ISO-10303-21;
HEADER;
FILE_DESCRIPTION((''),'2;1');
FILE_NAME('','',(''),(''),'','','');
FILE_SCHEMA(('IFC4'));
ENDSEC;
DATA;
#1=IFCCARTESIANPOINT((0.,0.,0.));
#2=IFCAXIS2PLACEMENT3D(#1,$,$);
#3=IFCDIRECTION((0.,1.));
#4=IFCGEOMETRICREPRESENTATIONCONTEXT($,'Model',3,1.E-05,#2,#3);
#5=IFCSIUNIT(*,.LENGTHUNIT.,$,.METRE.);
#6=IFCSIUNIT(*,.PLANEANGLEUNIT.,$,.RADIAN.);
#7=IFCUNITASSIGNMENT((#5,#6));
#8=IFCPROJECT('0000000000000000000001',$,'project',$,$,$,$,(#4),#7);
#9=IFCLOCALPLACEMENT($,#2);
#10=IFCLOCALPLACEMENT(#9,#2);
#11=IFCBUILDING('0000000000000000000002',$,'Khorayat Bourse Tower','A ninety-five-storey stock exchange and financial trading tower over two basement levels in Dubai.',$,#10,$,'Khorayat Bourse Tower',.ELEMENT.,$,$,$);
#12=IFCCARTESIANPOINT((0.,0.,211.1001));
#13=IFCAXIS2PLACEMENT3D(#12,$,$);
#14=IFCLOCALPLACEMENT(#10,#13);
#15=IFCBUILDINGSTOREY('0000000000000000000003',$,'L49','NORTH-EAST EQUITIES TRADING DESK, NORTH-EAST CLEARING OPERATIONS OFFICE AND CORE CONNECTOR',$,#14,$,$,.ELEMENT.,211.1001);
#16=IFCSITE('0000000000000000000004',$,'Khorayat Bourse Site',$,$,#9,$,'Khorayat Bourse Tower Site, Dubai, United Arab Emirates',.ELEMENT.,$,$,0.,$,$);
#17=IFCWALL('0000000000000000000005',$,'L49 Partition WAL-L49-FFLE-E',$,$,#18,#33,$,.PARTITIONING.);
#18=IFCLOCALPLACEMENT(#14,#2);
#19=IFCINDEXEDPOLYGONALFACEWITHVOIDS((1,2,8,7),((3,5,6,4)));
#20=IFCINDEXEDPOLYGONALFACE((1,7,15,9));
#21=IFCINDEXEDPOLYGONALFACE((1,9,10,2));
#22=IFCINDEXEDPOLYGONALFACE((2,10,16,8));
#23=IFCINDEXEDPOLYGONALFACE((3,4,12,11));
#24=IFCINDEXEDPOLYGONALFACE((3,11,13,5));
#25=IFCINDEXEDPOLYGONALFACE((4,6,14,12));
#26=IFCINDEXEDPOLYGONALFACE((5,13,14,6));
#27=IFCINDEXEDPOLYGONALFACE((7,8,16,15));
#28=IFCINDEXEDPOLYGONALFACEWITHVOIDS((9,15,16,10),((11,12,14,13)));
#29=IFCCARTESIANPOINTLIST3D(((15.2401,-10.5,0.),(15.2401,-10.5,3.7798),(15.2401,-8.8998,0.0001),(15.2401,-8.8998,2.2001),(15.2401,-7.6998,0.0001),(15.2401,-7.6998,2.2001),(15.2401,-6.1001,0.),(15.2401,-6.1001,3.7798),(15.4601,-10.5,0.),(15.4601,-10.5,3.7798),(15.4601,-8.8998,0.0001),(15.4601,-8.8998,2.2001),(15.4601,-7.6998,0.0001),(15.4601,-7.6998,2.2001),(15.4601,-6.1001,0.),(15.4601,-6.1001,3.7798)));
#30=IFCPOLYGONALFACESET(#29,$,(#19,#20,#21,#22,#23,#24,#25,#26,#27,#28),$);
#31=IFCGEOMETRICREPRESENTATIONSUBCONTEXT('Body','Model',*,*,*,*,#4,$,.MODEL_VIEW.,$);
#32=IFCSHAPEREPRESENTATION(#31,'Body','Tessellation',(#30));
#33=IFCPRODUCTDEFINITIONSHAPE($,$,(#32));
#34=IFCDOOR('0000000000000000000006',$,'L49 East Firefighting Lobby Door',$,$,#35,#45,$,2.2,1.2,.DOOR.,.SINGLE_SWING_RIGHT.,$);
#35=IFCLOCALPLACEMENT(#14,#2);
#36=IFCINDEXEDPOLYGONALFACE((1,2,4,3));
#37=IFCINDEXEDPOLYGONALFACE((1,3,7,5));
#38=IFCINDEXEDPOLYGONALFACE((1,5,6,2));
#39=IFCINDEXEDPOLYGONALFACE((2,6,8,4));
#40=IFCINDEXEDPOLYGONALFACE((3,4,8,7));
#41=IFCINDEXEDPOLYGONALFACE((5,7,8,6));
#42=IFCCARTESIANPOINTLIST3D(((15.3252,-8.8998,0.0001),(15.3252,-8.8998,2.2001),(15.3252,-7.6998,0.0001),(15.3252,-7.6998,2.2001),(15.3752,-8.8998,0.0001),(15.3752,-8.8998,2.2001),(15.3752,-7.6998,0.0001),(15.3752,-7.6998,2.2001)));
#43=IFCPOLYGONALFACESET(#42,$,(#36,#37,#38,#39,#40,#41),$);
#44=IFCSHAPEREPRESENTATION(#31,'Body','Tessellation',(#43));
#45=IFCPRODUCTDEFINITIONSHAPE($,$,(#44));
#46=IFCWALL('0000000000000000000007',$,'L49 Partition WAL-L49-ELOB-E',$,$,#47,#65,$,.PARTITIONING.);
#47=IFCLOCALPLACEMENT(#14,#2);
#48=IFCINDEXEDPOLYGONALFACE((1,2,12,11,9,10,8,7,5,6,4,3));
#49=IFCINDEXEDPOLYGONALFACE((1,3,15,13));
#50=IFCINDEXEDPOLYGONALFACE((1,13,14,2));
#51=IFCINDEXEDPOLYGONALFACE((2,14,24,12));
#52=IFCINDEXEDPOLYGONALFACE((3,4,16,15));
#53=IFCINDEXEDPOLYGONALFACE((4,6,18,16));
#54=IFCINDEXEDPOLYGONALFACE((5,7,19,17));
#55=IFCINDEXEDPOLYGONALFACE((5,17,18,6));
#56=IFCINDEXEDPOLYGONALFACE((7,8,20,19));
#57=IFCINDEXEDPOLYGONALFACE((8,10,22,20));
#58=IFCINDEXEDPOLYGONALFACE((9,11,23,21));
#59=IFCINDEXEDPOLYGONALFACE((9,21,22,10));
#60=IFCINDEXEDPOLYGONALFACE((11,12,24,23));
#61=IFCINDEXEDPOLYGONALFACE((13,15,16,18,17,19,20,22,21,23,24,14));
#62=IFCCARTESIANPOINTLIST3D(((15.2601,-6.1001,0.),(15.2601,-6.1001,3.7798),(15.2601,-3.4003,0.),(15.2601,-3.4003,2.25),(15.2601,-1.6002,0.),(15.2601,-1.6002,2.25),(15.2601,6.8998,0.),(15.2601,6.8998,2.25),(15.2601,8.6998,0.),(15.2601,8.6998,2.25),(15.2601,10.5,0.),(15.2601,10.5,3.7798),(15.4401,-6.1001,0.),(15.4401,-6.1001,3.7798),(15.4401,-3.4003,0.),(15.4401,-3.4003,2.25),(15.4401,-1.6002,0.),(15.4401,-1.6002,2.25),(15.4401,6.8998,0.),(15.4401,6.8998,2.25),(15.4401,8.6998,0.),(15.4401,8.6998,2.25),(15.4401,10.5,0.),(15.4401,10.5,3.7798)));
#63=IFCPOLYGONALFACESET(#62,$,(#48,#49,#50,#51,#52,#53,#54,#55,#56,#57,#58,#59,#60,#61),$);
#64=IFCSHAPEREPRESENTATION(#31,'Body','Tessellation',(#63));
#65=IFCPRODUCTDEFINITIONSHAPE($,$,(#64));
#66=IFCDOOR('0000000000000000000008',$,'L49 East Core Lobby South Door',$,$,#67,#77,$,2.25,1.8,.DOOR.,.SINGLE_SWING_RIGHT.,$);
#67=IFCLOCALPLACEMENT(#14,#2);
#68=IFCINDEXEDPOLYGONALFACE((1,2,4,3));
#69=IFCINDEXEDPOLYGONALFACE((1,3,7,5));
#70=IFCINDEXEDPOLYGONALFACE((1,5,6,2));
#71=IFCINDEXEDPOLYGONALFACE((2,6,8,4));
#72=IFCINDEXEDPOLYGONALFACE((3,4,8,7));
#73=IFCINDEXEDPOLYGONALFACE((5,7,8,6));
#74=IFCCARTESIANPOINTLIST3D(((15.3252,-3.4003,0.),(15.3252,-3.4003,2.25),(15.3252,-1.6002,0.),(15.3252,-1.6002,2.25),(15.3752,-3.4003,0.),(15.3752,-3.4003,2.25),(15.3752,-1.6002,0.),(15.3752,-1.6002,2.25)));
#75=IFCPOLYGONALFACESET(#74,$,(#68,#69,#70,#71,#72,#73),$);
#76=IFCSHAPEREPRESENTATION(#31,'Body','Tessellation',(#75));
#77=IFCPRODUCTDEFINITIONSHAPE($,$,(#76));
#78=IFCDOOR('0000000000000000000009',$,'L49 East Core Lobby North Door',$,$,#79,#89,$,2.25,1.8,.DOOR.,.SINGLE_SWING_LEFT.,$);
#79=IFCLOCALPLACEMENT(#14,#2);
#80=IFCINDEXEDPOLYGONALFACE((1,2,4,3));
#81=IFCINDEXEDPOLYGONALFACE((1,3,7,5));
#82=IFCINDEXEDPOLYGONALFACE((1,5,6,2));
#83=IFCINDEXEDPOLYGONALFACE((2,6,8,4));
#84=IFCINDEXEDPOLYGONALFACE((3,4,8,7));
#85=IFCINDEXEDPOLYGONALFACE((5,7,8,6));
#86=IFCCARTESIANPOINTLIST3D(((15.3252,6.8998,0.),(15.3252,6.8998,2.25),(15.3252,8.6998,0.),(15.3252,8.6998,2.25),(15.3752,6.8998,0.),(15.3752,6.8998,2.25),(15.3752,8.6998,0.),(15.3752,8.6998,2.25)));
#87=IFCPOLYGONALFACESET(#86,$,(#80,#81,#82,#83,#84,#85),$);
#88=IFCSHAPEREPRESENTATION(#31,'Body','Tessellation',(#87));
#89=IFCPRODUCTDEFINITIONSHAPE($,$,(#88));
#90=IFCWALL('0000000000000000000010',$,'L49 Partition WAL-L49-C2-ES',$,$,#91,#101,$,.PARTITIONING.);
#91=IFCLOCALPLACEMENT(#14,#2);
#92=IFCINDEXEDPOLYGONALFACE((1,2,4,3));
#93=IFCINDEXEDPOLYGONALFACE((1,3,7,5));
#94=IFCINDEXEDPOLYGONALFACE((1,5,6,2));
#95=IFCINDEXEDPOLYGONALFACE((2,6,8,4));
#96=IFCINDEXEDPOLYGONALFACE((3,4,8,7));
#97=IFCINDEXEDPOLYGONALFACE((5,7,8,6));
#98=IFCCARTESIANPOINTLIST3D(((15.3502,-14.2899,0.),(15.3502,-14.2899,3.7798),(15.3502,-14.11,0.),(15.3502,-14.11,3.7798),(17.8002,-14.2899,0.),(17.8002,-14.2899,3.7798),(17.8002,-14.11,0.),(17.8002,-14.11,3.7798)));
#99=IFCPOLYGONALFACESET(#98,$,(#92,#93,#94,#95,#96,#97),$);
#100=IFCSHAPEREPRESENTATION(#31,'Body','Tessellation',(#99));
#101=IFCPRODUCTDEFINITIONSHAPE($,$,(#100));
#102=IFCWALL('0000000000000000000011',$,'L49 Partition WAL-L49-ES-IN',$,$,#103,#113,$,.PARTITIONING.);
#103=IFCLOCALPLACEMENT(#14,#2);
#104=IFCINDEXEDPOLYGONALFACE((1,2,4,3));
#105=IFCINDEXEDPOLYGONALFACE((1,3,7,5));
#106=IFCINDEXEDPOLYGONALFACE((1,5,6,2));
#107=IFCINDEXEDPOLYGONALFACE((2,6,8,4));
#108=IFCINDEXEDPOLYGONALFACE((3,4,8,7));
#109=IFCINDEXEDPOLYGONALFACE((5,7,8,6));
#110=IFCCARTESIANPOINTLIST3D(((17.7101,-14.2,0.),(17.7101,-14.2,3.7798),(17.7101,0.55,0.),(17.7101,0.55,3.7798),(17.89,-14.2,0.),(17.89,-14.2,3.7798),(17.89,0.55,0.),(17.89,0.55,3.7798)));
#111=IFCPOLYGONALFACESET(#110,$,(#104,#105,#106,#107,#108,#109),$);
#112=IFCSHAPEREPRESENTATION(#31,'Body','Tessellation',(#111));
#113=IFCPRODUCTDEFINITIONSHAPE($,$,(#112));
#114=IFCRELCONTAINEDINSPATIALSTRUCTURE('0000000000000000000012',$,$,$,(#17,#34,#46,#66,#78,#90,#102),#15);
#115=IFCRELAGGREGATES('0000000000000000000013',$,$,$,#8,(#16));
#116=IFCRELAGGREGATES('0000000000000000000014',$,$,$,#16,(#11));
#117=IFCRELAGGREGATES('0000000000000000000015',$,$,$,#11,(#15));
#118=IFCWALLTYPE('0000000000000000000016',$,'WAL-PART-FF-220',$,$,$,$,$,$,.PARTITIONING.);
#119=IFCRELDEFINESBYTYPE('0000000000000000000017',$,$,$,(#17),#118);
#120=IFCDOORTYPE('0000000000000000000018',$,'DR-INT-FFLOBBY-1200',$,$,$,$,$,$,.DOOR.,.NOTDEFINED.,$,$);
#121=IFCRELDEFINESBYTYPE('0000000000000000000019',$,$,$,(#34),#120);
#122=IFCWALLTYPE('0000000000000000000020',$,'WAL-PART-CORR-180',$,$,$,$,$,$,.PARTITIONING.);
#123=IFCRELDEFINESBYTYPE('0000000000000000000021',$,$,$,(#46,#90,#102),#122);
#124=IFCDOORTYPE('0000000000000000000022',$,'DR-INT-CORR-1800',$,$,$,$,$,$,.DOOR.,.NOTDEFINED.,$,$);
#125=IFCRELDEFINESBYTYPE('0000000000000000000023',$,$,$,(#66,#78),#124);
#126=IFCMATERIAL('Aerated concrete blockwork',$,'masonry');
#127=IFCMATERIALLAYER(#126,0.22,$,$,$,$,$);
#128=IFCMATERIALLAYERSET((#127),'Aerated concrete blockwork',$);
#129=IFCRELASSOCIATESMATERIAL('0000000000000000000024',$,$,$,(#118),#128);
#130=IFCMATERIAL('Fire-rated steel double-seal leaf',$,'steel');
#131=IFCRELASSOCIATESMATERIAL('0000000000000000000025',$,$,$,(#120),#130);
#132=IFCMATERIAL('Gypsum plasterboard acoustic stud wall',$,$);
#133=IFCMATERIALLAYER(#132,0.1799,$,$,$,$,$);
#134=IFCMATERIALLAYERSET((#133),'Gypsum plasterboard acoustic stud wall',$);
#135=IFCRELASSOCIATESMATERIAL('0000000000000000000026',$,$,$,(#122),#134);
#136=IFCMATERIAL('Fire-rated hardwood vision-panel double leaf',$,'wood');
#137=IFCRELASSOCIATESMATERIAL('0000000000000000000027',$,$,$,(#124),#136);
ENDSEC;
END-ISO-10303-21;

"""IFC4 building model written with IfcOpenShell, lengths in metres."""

from ifc_helpers import new_model, si_unit, direction, frame, frame_2d, origin, place, context, subcontext, project, spatial, rectangle, extrude, source, transform, mapped, material, layer, layer_set, type_object, element, fill, save


model = new_model("IFC4")

# Units and contexts
model_context = context("Model", 3, precision=1e-05, world=origin(), true_north=direction((0.0, 1.0)))
body_context = subcontext(model_context, "Body", "Model", "MODEL_VIEW")
ifc_project = project(units=[si_unit("LENGTHUNIT", "METRE"), si_unit("PLANEANGLEUNIT", "RADIAN")], contexts=[model_context])

# Site, building, storey
site_placement = place(None, origin())
site = spatial("IfcSite", under=ifc_project, at=site_placement, Name="Khorayat Bourse Site", LongName="Khorayat Bourse Tower Site, Dubai, United Arab Emirates", CompositionType="ELEMENT", RefElevation=0.0)
building_placement = place(site_placement, origin())
building = spatial("IfcBuilding", under=site, at=building_placement, Name="Khorayat Bourse Tower", Description="A ninety-five-storey stock exchange and financial trading tower over two basement levels in Dubai.", LongName="Khorayat Bourse Tower", CompositionType="ELEMENT")
storey_placement = place(building_placement, frame((0.0, 0.0, 211.1001)))
storey = spatial("IfcBuildingStorey", under=building, at=storey_placement, Name="L49", Description="NORTH-EAST EQUITIES TRADING DESK, NORTH-EAST CLEARING OPERATIONS OFFICE AND CORE CONNECTOR", CompositionType="ELEMENT", Elevation=211.1001)

# Shared definitions
ifc_material_1 = material(Name="Aerated concrete blockwork", Category="masonry")
ifc_layer_1 = layer(ifc_material_1, 0.22)
ifc_layer_set_1 = layer_set([ifc_layer_1], Name="Aerated concrete blockwork")
wall_type_1 = type_object("IfcWallType", Name="WAL-PART-FF-220", PredefinedType="PARTITIONING", material=ifc_layer_set_1)

# Wall, opening, door
shared_shape_1 = source(origin(), body_context, "Body", "SweptSolid", [
    extrude(rectangle(XDim=4.3999, YDim=0.22, at=frame_2d((2.2, 0.0))), origin(), (0.0, 0.0, 1.0), 3.7798),
])
wall_1_placement = place(storey_placement, frame((15.3501, -10.5, 0.0), z_axis=(0.0, 0.0, 1.0), x_axis=(0.0, 1.0, 0.0)))
wall_1 = element("IfcWall", 1, at=wall_1_placement, inside=storey, type_object=wall_type_1, Name="L49 Partition WAL-L49-FFLE-E", PredefinedType="PARTITIONING", context=body_context, shape_type="MappedRepresentation", body=[
    mapped(shared_shape_1, transform((0.0, 0.0, 0.0), scale=1.0)),
])
shared_shape_2 = source(origin(), body_context, "Body", "SweptSolid", [
    extrude(rectangle(XDim=1.2, YDim=2.2, at=frame_2d((0.6001, 1.1001))), frame((0.0, 0.1199, 0.0), z_axis=(0.0, -1.0, 0.0), x_axis=(1.0, 0.0, 0.0)), (0.0, 0.0, 1.0), 0.24),
])
opening_1_placement = place(wall_1_placement, frame((1.6001, 0.0, 0.0)))
opening_1 = element("IfcOpeningElement", 2, at=opening_1_placement, cuts=wall_1, PredefinedType="OPENING", context=body_context, shape_type="MappedRepresentation", body=[
    mapped(shared_shape_2, transform((0.0, 0.0, 0.0), scale=1.0)),
])
ifc_material_2 = material(Name="Fire-rated steel double-seal leaf", Category="steel")
door_type_1 = type_object("IfcDoorType", Name="DR-INT-FFLOBBY-1200", OperationType="NOTDEFINED", PredefinedType="DOOR", material=ifc_material_2)
shared_shape_3 = source(origin(), body_context, "Body", "SweptSolid", [
    extrude(rectangle(XDim=1.2, YDim=2.2, at=frame_2d((0.6001, 1.1001))), frame((0.0, 0.0249, 0.0), z_axis=(0.0, -1.0, 0.0), x_axis=(1.0, 0.0, 0.0)), (0.0, 0.0, 1.0), 0.05),
])
door_1_placement = place(opening_1_placement, origin())
door_1 = element("IfcDoor", 3, at=door_1_placement, inside=storey, type_object=door_type_1, Name="L49 East Firefighting Lobby Door", OperationType="SINGLE_SWING_RIGHT", OverallHeight=2.2, OverallWidth=1.2, PredefinedType="DOOR", context=body_context, shape_type="MappedRepresentation", body=[
    mapped(shared_shape_3, transform((0.0, 0.0, 0.0), scale=1.0)),
])
fill(opening_1, door_1)

# Wall, openings, doors
ifc_material_3 = material(Name="Gypsum plasterboard acoustic stud wall")
ifc_layer_2 = layer(ifc_material_3, 0.1799)
ifc_layer_set_2 = layer_set([ifc_layer_2], Name="Gypsum plasterboard acoustic stud wall")
wall_type_2 = type_object("IfcWallType", Name="WAL-PART-CORR-180", PredefinedType="PARTITIONING", material=ifc_layer_set_2)
shared_shape_4 = source(origin(), body_context, "Body", "SweptSolid", [
    extrude(rectangle(XDim=16.6001, YDim=0.1799, at=frame_2d((8.3, 0.0))), origin(), (0.0, 0.0, 1.0), 3.7798),
])
wall_2_placement = place(storey_placement, frame((15.3501, -6.1001, 0.0), z_axis=(0.0, 0.0, 1.0), x_axis=(0.0, 1.0, 0.0)))
wall_2 = element("IfcWall", 4, at=wall_2_placement, inside=storey, type_object=wall_type_2, Name="L49 Partition WAL-L49-ELOB-E", PredefinedType="PARTITIONING", context=body_context, shape_type="MappedRepresentation", body=[
    mapped(shared_shape_4, transform((0.0, 0.0, 0.0), scale=1.0)),
])
shared_shape_5 = source(origin(), body_context, "Body", "SweptSolid", [
    extrude(rectangle(XDim=1.8, YDim=2.25, at=frame_2d((0.8999, 1.125))), frame((0.0, 0.0999, 0.0), z_axis=(0.0, -1.0, 0.0), x_axis=(1.0, 0.0, 0.0)), (0.0, 0.0, 1.0), 0.2),
])
opening_2_placement = place(wall_2_placement, frame((2.7, 0.0, 0.0)))
opening_2 = element("IfcOpeningElement", 5, at=opening_2_placement, cuts=wall_2, PredefinedType="OPENING", context=body_context, shape_type="MappedRepresentation", body=[
    mapped(shared_shape_5, transform((0.0, 0.0, 0.0), scale=1.0)),
])
opening_3_placement = place(wall_2_placement, frame((13.0, 0.0, 0.0)))
opening_3 = element("IfcOpeningElement", 6, at=opening_3_placement, cuts=wall_2, PredefinedType="OPENING", context=body_context, shape_type="MappedRepresentation", body=[
    mapped(shared_shape_5, transform((0.0, 0.0, 0.0), scale=1.0)),
])
ifc_material_4 = material(Name="Fire-rated hardwood vision-panel double leaf", Category="wood")
door_type_2 = type_object("IfcDoorType", Name="DR-INT-CORR-1800", OperationType="NOTDEFINED", PredefinedType="DOOR", material=ifc_material_4)
shared_shape_6 = source(origin(), body_context, "Body", "SweptSolid", [
    extrude(rectangle(XDim=1.8, YDim=2.25, at=frame_2d((0.8999, 1.125))), frame((0.0, 0.0249, 0.0), z_axis=(0.0, -1.0, 0.0), x_axis=(1.0, 0.0, 0.0)), (0.0, 0.0, 1.0), 0.05),
])
door_2_placement = place(opening_2_placement, origin())
door_2 = element("IfcDoor", 7, at=door_2_placement, inside=storey, type_object=door_type_2, Name="L49 East Core Lobby South Door", OperationType="SINGLE_SWING_RIGHT", OverallHeight=2.25, OverallWidth=1.8, PredefinedType="DOOR", context=body_context, shape_type="MappedRepresentation", body=[
    mapped(shared_shape_6, transform((0.0, 0.0, 0.0), scale=1.0)),
])
fill(opening_2, door_2)
door_3_placement = place(opening_3_placement, origin())
door_3 = element("IfcDoor", 8, at=door_3_placement, inside=storey, type_object=door_type_2, Name="L49 East Core Lobby North Door", OperationType="SINGLE_SWING_LEFT", OverallHeight=2.25, OverallWidth=1.8, PredefinedType="DOOR", context=body_context, shape_type="MappedRepresentation", body=[
    mapped(shared_shape_6, transform((0.0, 0.0, 0.0), scale=1.0)),
])
fill(opening_3, door_3)

# Walls
shared_shape_7 = source(origin(), body_context, "Body", "SweptSolid", [
    extrude(rectangle(XDim=2.45, YDim=0.1799, at=frame_2d((1.2251, 0.0))), origin(), (0.0, 0.0, 1.0), 3.7798),
])
wall_3_placement = place(storey_placement, frame((15.3501, -14.2, 0.0), z_axis=(0.0, 0.0, 1.0), x_axis=(1.0, 0.0, 0.0)))
element("IfcWall", 9, at=wall_3_placement, inside=storey, type_object=wall_type_2, Name="L49 Partition WAL-L49-C2-ES", PredefinedType="PARTITIONING", context=body_context, shape_type="MappedRepresentation", body=[
    mapped(shared_shape_7, transform((0.0, 0.0, 0.0), scale=1.0)),
])
shared_shape_8 = source(origin(), body_context, "Body", "SweptSolid", [
    extrude(rectangle(XDim=14.75, YDim=0.1799, at=frame_2d((7.375, 0.0))), origin(), (0.0, 0.0, 1.0), 3.7798),
])
wall_4_placement = place(storey_placement, frame((17.8, -14.2, 0.0), z_axis=(0.0, 0.0, 1.0), x_axis=(0.0, 1.0, 0.0)))
element("IfcWall", 10, at=wall_4_placement, inside=storey, type_object=wall_type_2, Name="L49 Partition WAL-L49-ES-IN", PredefinedType="PARTITIONING", context=body_context, shape_type="MappedRepresentation", body=[
    mapped(shared_shape_8, transform((0.0, 0.0, 0.0), scale=1.0)),
])

save(model, "model.ifc")
